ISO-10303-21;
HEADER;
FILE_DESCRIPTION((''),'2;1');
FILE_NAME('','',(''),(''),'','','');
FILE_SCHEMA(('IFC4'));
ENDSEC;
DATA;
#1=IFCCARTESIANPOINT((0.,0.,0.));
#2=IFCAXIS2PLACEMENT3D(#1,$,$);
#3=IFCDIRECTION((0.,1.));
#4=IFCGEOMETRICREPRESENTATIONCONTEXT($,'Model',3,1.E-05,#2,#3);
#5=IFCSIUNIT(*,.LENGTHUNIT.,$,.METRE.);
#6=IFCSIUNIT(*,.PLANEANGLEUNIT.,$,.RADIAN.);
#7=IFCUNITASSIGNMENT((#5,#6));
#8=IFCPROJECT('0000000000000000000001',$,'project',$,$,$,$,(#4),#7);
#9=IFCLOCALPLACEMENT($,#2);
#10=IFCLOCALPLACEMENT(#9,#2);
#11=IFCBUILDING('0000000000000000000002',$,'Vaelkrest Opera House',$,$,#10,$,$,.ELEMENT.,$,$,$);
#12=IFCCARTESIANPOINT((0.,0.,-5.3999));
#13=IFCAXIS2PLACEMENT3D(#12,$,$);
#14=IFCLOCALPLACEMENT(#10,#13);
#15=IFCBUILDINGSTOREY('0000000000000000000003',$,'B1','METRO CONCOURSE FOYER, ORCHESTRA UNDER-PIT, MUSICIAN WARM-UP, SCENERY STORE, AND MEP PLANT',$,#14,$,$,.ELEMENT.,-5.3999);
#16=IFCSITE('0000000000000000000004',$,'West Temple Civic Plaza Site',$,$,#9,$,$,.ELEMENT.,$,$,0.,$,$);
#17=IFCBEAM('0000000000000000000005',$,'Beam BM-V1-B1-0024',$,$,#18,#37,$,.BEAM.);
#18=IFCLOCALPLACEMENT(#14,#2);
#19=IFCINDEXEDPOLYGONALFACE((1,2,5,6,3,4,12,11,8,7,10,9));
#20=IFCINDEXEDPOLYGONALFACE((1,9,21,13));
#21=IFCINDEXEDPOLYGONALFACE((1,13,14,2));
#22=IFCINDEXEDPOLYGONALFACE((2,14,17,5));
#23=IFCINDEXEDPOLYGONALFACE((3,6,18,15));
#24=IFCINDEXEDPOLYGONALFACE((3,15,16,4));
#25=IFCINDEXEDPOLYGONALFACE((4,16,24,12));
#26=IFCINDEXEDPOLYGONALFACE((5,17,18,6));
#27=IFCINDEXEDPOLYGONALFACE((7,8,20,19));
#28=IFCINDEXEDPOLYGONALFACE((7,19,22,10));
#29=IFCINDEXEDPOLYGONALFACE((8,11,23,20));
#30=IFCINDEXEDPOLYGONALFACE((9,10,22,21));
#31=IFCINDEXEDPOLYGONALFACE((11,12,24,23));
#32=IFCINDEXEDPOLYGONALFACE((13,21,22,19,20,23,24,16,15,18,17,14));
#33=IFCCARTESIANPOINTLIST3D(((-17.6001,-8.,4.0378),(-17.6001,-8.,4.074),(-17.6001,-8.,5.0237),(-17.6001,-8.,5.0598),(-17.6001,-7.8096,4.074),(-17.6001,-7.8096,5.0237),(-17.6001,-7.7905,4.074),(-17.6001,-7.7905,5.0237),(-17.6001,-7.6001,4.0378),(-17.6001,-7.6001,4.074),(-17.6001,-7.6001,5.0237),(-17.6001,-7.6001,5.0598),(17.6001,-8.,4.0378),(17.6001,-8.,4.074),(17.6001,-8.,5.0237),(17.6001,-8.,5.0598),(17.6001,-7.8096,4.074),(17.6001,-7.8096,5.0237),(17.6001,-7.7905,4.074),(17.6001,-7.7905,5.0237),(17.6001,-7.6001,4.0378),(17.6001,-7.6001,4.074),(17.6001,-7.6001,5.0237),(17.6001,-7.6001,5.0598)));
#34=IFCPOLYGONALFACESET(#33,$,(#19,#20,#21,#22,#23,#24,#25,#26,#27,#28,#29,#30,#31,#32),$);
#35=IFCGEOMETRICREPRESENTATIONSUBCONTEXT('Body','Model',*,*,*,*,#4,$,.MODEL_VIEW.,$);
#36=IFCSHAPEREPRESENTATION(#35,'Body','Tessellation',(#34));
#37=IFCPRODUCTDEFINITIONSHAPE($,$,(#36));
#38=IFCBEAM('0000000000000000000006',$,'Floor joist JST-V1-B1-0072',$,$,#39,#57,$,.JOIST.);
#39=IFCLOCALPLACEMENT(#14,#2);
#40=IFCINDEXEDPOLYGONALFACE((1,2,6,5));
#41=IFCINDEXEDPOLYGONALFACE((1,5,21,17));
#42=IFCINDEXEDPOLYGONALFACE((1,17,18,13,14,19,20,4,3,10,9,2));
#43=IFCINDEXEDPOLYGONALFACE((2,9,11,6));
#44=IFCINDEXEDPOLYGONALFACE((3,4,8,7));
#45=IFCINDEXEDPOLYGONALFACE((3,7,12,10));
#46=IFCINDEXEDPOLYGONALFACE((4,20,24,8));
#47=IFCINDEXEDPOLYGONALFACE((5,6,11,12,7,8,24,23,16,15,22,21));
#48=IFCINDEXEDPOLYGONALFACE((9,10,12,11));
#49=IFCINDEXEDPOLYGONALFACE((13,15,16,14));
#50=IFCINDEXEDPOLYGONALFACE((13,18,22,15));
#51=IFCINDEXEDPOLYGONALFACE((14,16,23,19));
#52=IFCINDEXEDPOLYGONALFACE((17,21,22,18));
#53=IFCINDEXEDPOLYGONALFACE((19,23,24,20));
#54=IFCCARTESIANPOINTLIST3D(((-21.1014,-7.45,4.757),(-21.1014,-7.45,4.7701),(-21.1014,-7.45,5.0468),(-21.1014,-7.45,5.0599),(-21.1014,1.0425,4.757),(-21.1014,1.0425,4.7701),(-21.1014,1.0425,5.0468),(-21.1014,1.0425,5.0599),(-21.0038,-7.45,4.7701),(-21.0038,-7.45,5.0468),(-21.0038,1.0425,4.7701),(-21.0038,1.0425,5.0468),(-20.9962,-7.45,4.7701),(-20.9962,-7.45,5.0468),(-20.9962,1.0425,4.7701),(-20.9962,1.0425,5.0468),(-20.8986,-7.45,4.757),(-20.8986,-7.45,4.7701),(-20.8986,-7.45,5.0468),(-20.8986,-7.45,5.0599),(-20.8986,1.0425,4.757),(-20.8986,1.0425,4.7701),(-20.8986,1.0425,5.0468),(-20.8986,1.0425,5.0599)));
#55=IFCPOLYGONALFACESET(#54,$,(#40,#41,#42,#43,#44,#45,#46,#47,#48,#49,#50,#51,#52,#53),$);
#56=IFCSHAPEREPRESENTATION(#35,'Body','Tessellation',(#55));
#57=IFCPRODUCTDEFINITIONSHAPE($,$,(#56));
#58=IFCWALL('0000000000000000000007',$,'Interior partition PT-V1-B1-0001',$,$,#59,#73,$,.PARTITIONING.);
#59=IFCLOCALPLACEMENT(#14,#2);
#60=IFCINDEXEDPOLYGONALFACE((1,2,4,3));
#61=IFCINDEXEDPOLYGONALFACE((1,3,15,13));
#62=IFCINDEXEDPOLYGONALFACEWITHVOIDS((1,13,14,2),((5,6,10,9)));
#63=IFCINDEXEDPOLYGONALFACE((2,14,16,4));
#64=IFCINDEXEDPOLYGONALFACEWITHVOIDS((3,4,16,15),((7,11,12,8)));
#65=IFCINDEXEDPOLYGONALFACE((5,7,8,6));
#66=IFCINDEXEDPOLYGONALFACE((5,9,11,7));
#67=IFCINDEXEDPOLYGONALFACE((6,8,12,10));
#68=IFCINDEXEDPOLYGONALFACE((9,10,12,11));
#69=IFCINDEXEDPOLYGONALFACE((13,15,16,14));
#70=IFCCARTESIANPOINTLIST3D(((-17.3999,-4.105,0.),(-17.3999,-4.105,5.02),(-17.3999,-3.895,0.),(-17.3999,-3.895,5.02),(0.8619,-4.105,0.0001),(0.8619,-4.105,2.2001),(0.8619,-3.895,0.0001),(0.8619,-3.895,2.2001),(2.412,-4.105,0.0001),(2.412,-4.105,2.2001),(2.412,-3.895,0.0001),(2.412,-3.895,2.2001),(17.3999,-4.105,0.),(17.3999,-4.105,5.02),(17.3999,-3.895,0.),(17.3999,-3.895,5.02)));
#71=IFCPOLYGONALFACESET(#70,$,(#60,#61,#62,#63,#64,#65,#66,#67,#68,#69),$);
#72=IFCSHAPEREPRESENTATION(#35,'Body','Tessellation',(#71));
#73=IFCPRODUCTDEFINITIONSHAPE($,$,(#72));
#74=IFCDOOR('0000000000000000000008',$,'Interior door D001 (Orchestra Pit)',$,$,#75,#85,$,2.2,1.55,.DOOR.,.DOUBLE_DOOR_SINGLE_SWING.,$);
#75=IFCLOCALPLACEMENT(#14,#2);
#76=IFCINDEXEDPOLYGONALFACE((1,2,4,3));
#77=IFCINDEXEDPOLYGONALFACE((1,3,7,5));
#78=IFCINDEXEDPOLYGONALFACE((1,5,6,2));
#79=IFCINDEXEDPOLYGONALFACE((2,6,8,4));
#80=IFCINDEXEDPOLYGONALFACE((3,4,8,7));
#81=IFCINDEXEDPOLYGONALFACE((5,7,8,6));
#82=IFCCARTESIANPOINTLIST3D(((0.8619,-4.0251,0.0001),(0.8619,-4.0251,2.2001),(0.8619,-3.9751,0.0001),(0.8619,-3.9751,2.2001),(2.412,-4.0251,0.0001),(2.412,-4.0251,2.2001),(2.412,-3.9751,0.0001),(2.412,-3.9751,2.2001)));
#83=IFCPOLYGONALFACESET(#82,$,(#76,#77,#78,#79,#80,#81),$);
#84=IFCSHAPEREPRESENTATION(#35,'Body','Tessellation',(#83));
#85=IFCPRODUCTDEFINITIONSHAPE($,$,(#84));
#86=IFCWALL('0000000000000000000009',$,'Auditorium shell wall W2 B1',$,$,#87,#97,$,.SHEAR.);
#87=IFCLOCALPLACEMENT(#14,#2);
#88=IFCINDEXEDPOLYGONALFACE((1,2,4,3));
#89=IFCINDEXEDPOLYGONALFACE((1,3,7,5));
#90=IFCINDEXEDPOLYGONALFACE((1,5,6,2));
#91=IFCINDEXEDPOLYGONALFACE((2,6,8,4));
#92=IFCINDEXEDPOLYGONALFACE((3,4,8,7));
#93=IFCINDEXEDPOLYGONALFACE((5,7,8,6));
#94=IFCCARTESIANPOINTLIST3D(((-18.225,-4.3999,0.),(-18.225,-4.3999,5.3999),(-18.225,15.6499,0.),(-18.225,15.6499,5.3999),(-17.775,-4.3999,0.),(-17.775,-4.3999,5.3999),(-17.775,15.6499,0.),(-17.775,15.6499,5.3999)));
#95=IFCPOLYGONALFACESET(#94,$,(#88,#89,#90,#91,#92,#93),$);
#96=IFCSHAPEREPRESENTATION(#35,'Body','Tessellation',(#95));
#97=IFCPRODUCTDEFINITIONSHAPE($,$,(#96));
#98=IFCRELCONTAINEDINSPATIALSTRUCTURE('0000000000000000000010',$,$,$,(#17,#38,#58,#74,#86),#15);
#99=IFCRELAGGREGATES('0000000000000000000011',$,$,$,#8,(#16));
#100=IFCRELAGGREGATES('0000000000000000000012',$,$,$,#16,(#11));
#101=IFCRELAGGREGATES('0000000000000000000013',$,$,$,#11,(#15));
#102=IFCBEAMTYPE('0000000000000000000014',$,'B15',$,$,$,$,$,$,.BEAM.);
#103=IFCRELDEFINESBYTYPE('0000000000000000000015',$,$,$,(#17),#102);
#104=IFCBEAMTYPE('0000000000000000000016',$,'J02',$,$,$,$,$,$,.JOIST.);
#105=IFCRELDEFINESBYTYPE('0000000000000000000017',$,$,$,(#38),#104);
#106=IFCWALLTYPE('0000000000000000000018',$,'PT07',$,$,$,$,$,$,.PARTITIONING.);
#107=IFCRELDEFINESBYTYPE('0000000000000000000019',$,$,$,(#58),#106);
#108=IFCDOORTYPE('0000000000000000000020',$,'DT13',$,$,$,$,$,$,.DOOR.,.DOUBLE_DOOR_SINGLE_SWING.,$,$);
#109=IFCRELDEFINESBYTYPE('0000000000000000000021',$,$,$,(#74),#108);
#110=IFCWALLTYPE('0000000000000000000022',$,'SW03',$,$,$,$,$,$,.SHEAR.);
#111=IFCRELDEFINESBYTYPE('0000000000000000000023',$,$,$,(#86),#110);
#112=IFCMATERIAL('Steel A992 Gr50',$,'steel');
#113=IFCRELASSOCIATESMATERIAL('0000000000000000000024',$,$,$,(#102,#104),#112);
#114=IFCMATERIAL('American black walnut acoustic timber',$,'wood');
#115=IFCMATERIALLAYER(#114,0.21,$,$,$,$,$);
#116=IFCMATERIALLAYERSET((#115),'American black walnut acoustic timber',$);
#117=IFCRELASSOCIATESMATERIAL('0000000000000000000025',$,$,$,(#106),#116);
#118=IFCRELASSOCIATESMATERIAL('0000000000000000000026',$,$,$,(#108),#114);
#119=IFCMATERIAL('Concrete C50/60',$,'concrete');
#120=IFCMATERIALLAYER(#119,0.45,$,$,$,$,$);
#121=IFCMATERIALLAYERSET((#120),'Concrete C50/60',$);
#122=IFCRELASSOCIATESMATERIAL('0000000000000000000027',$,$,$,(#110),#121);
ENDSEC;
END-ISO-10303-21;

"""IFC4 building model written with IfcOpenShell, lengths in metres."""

from ifc_helpers import new_model, si_unit, direction, frame, frame_2d, origin, origin_2d, place, context, subcontext, project, spatial, rectangle, i_section, extrude, material, layer, layer_set, material_profile, profile_set, type_object, element, fill, save


model = new_model("IFC4")

# Units and contexts
model_context = context("Model", 3, precision=1e-05, world=origin(), true_north=direction((0.0, 1.0)))
body_context = subcontext(model_context, "Body", "Model", "MODEL_VIEW")
ifc_project = project(units=[si_unit("LENGTHUNIT", "METRE"), si_unit("PLANEANGLEUNIT", "RADIAN")], contexts=[model_context])

# Site, building, storey
site_placement = place(None, origin())
site = spatial("IfcSite", under=ifc_project, at=site_placement, Name="West Temple Civic Plaza Site", CompositionType="ELEMENT", RefElevation=0.0)
building_placement = place(site_placement, origin())
building = spatial("IfcBuilding", under=site, at=building_placement, Name="Vaelkrest Opera House", CompositionType="ELEMENT")
storey_placement = place(building_placement, frame((0.0, 0.0, -5.3999)))
storey = spatial("IfcBuildingStorey", under=building, at=storey_placement, Name="B1", Description="METRO CONCOURSE FOYER, ORCHESTRA UNDER-PIT, MUSICIAN WARM-UP, SCENERY STORE, AND MEP PLANT", CompositionType="ELEMENT", Elevation=-5.3999)

# Shared definitions
ifc_material_1 = material(Name="Concrete C50/60", Category="concrete")

# Beams
ifc_material_2 = material(Name="Steel A992 Gr50", Category="steel")
ifc_material_profile_1 = material_profile(ifc_material_2, i_section(OverallWidth=0.3999, OverallDepth=1.022, WebThickness=0.019, FlangeThickness=0.0361, at=origin_2d()), Name="W40X249")
ifc_profile_set_1 = profile_set([ifc_material_profile_1], Name="Steel A992 Gr50")
beam_type_1 = type_object("IfcBeamType", Name="B15", PredefinedType="BEAM", material=ifc_profile_set_1)
beam_1_placement = place(storey_placement, frame((-17.6001, -7.8, 4.5488), z_axis=(1.0, 0.0, 0.0), x_axis=(0.0, 1.0, 0.0)))
element("IfcBeam", 1, at=beam_1_placement, inside=storey, type_object=beam_type_1, Name="Beam BM-V1-B1-0024", PredefinedType="BEAM", context=body_context, shape_type="SweptSolid", body=[
    extrude(i_section(OverallWidth=0.3999, OverallDepth=1.022, WebThickness=0.019, FlangeThickness=0.0361, at=origin_2d()), origin(), (0.0, 0.0, 1.0), 35.2002),
])
ifc_material_profile_2 = material_profile(ifc_material_2, i_section(OverallWidth=0.2029, OverallDepth=0.303, WebThickness=0.0076, FlangeThickness=0.0132, at=origin_2d()), Name="W12X40")
ifc_profile_set_2 = profile_set([ifc_material_profile_2], Name="Steel A992 Gr50")
beam_type_2 = type_object("IfcBeamType", Name="J02", PredefinedType="JOIST", material=ifc_profile_set_2)
beam_2_placement = place(storey_placement, frame((-21.0, -7.45, 4.9084), z_axis=(0.0, 1.0, 0.0), x_axis=(-1.0, 0.0, 0.0)))
element("IfcBeam", 2, at=beam_2_placement, inside=storey, type_object=beam_type_2, Name="Floor joist JST-V1-B1-0072", PredefinedType="JOIST", context=body_context, shape_type="SweptSolid", body=[
    extrude(i_section(OverallWidth=0.2029, OverallDepth=0.303, WebThickness=0.0076, FlangeThickness=0.0132, at=origin_2d()), origin(), (0.0, 0.0, 1.0), 8.4924),
])

# Wall, opening, door
ifc_material_3 = material(Name="American black walnut acoustic timber", Category="wood")
ifc_layer_1 = layer(ifc_material_3, 0.21)
ifc_layer_set_1 = layer_set([ifc_layer_1], Name="American black walnut acoustic timber")
wall_type_1 = type_object("IfcWallType", Name="PT07", PredefinedType="PARTITIONING", material=ifc_layer_set_1)
wall_1_placement = place(storey_placement, frame((-17.3999, -4.0, 0.0), z_axis=(0.0, 0.0, 1.0), x_axis=(1.0, 0.0, 0.0)))
wall_1 = element("IfcWall", 3, at=wall_1_placement, inside=storey, type_object=wall_type_1, Name="Interior partition PT-V1-B1-0001", PredefinedType="PARTITIONING", context=body_context, shape_type="SweptSolid", body=[
    extrude(rectangle(XDim=34.7998, YDim=0.21, at=frame_2d((17.3999, 0.0))), origin(), (0.0, 0.0, 1.0), 5.02),
])
opening_placement = place(wall_1_placement, frame((18.262, 0.0, 0.0)))
opening = element("IfcOpeningElement", 4, at=opening_placement, cuts=wall_1, PredefinedType="OPENING", context=body_context, shape_type="SweptSolid", body=[
    extrude(rectangle(XDim=1.55, YDim=2.2, at=frame_2d((0.7749, 1.1001))), frame((0.0, 0.115, 0.0), z_axis=(0.0, -1.0, 0.0), x_axis=(1.0, 0.0, 0.0)), (0.0, 0.0, 1.0), 0.23),
])
door_type = type_object("IfcDoorType", Name="DT13", OperationType="DOUBLE_DOOR_SINGLE_SWING", PredefinedType="DOOR", material=ifc_material_3)
door_placement = place(opening_placement, origin())
door = element("IfcDoor", 5, at=door_placement, inside=storey, type_object=door_type, Name="Interior door D001 (Orchestra Pit)", OperationType="DOUBLE_DOOR_SINGLE_SWING", OverallHeight=2.2, OverallWidth=1.55, PredefinedType="DOOR", context=body_context, shape_type="SweptSolid", body=[
    extrude(rectangle(XDim=1.55, YDim=2.2, at=frame_2d((0.7749, 1.1001))), frame((0.0, 0.0249, 0.0), z_axis=(0.0, -1.0, 0.0), x_axis=(1.0, 0.0, 0.0)), (0.0, 0.0, 1.0), 0.05),
])
fill(opening, door)

# Wall
ifc_layer_2 = layer(ifc_material_1, 0.45)
ifc_layer_set_2 = layer_set([ifc_layer_2], Name="Concrete C50/60")
wall_type_2 = type_object("IfcWallType", Name="SW03", PredefinedType="SHEAR", material=ifc_layer_set_2)
wall_2_placement = place(storey_placement, frame((-18.0, -4.3999, 0.0), z_axis=(0.0, 0.0, 1.0), x_axis=(0.0, 1.0, 0.0)))
element("IfcWall", 6, at=wall_2_placement, inside=storey, type_object=wall_type_2, Name="Auditorium shell wall W2 B1", PredefinedType="SHEAR", context=body_context, shape_type="SweptSolid", body=[
    extrude(rectangle(XDim=20.0498, YDim=0.45, at=frame_2d((10.0249, 0.0))), origin(), (0.0, 0.0, 1.0), 5.3999),
])

save(model, "model.ifc")
